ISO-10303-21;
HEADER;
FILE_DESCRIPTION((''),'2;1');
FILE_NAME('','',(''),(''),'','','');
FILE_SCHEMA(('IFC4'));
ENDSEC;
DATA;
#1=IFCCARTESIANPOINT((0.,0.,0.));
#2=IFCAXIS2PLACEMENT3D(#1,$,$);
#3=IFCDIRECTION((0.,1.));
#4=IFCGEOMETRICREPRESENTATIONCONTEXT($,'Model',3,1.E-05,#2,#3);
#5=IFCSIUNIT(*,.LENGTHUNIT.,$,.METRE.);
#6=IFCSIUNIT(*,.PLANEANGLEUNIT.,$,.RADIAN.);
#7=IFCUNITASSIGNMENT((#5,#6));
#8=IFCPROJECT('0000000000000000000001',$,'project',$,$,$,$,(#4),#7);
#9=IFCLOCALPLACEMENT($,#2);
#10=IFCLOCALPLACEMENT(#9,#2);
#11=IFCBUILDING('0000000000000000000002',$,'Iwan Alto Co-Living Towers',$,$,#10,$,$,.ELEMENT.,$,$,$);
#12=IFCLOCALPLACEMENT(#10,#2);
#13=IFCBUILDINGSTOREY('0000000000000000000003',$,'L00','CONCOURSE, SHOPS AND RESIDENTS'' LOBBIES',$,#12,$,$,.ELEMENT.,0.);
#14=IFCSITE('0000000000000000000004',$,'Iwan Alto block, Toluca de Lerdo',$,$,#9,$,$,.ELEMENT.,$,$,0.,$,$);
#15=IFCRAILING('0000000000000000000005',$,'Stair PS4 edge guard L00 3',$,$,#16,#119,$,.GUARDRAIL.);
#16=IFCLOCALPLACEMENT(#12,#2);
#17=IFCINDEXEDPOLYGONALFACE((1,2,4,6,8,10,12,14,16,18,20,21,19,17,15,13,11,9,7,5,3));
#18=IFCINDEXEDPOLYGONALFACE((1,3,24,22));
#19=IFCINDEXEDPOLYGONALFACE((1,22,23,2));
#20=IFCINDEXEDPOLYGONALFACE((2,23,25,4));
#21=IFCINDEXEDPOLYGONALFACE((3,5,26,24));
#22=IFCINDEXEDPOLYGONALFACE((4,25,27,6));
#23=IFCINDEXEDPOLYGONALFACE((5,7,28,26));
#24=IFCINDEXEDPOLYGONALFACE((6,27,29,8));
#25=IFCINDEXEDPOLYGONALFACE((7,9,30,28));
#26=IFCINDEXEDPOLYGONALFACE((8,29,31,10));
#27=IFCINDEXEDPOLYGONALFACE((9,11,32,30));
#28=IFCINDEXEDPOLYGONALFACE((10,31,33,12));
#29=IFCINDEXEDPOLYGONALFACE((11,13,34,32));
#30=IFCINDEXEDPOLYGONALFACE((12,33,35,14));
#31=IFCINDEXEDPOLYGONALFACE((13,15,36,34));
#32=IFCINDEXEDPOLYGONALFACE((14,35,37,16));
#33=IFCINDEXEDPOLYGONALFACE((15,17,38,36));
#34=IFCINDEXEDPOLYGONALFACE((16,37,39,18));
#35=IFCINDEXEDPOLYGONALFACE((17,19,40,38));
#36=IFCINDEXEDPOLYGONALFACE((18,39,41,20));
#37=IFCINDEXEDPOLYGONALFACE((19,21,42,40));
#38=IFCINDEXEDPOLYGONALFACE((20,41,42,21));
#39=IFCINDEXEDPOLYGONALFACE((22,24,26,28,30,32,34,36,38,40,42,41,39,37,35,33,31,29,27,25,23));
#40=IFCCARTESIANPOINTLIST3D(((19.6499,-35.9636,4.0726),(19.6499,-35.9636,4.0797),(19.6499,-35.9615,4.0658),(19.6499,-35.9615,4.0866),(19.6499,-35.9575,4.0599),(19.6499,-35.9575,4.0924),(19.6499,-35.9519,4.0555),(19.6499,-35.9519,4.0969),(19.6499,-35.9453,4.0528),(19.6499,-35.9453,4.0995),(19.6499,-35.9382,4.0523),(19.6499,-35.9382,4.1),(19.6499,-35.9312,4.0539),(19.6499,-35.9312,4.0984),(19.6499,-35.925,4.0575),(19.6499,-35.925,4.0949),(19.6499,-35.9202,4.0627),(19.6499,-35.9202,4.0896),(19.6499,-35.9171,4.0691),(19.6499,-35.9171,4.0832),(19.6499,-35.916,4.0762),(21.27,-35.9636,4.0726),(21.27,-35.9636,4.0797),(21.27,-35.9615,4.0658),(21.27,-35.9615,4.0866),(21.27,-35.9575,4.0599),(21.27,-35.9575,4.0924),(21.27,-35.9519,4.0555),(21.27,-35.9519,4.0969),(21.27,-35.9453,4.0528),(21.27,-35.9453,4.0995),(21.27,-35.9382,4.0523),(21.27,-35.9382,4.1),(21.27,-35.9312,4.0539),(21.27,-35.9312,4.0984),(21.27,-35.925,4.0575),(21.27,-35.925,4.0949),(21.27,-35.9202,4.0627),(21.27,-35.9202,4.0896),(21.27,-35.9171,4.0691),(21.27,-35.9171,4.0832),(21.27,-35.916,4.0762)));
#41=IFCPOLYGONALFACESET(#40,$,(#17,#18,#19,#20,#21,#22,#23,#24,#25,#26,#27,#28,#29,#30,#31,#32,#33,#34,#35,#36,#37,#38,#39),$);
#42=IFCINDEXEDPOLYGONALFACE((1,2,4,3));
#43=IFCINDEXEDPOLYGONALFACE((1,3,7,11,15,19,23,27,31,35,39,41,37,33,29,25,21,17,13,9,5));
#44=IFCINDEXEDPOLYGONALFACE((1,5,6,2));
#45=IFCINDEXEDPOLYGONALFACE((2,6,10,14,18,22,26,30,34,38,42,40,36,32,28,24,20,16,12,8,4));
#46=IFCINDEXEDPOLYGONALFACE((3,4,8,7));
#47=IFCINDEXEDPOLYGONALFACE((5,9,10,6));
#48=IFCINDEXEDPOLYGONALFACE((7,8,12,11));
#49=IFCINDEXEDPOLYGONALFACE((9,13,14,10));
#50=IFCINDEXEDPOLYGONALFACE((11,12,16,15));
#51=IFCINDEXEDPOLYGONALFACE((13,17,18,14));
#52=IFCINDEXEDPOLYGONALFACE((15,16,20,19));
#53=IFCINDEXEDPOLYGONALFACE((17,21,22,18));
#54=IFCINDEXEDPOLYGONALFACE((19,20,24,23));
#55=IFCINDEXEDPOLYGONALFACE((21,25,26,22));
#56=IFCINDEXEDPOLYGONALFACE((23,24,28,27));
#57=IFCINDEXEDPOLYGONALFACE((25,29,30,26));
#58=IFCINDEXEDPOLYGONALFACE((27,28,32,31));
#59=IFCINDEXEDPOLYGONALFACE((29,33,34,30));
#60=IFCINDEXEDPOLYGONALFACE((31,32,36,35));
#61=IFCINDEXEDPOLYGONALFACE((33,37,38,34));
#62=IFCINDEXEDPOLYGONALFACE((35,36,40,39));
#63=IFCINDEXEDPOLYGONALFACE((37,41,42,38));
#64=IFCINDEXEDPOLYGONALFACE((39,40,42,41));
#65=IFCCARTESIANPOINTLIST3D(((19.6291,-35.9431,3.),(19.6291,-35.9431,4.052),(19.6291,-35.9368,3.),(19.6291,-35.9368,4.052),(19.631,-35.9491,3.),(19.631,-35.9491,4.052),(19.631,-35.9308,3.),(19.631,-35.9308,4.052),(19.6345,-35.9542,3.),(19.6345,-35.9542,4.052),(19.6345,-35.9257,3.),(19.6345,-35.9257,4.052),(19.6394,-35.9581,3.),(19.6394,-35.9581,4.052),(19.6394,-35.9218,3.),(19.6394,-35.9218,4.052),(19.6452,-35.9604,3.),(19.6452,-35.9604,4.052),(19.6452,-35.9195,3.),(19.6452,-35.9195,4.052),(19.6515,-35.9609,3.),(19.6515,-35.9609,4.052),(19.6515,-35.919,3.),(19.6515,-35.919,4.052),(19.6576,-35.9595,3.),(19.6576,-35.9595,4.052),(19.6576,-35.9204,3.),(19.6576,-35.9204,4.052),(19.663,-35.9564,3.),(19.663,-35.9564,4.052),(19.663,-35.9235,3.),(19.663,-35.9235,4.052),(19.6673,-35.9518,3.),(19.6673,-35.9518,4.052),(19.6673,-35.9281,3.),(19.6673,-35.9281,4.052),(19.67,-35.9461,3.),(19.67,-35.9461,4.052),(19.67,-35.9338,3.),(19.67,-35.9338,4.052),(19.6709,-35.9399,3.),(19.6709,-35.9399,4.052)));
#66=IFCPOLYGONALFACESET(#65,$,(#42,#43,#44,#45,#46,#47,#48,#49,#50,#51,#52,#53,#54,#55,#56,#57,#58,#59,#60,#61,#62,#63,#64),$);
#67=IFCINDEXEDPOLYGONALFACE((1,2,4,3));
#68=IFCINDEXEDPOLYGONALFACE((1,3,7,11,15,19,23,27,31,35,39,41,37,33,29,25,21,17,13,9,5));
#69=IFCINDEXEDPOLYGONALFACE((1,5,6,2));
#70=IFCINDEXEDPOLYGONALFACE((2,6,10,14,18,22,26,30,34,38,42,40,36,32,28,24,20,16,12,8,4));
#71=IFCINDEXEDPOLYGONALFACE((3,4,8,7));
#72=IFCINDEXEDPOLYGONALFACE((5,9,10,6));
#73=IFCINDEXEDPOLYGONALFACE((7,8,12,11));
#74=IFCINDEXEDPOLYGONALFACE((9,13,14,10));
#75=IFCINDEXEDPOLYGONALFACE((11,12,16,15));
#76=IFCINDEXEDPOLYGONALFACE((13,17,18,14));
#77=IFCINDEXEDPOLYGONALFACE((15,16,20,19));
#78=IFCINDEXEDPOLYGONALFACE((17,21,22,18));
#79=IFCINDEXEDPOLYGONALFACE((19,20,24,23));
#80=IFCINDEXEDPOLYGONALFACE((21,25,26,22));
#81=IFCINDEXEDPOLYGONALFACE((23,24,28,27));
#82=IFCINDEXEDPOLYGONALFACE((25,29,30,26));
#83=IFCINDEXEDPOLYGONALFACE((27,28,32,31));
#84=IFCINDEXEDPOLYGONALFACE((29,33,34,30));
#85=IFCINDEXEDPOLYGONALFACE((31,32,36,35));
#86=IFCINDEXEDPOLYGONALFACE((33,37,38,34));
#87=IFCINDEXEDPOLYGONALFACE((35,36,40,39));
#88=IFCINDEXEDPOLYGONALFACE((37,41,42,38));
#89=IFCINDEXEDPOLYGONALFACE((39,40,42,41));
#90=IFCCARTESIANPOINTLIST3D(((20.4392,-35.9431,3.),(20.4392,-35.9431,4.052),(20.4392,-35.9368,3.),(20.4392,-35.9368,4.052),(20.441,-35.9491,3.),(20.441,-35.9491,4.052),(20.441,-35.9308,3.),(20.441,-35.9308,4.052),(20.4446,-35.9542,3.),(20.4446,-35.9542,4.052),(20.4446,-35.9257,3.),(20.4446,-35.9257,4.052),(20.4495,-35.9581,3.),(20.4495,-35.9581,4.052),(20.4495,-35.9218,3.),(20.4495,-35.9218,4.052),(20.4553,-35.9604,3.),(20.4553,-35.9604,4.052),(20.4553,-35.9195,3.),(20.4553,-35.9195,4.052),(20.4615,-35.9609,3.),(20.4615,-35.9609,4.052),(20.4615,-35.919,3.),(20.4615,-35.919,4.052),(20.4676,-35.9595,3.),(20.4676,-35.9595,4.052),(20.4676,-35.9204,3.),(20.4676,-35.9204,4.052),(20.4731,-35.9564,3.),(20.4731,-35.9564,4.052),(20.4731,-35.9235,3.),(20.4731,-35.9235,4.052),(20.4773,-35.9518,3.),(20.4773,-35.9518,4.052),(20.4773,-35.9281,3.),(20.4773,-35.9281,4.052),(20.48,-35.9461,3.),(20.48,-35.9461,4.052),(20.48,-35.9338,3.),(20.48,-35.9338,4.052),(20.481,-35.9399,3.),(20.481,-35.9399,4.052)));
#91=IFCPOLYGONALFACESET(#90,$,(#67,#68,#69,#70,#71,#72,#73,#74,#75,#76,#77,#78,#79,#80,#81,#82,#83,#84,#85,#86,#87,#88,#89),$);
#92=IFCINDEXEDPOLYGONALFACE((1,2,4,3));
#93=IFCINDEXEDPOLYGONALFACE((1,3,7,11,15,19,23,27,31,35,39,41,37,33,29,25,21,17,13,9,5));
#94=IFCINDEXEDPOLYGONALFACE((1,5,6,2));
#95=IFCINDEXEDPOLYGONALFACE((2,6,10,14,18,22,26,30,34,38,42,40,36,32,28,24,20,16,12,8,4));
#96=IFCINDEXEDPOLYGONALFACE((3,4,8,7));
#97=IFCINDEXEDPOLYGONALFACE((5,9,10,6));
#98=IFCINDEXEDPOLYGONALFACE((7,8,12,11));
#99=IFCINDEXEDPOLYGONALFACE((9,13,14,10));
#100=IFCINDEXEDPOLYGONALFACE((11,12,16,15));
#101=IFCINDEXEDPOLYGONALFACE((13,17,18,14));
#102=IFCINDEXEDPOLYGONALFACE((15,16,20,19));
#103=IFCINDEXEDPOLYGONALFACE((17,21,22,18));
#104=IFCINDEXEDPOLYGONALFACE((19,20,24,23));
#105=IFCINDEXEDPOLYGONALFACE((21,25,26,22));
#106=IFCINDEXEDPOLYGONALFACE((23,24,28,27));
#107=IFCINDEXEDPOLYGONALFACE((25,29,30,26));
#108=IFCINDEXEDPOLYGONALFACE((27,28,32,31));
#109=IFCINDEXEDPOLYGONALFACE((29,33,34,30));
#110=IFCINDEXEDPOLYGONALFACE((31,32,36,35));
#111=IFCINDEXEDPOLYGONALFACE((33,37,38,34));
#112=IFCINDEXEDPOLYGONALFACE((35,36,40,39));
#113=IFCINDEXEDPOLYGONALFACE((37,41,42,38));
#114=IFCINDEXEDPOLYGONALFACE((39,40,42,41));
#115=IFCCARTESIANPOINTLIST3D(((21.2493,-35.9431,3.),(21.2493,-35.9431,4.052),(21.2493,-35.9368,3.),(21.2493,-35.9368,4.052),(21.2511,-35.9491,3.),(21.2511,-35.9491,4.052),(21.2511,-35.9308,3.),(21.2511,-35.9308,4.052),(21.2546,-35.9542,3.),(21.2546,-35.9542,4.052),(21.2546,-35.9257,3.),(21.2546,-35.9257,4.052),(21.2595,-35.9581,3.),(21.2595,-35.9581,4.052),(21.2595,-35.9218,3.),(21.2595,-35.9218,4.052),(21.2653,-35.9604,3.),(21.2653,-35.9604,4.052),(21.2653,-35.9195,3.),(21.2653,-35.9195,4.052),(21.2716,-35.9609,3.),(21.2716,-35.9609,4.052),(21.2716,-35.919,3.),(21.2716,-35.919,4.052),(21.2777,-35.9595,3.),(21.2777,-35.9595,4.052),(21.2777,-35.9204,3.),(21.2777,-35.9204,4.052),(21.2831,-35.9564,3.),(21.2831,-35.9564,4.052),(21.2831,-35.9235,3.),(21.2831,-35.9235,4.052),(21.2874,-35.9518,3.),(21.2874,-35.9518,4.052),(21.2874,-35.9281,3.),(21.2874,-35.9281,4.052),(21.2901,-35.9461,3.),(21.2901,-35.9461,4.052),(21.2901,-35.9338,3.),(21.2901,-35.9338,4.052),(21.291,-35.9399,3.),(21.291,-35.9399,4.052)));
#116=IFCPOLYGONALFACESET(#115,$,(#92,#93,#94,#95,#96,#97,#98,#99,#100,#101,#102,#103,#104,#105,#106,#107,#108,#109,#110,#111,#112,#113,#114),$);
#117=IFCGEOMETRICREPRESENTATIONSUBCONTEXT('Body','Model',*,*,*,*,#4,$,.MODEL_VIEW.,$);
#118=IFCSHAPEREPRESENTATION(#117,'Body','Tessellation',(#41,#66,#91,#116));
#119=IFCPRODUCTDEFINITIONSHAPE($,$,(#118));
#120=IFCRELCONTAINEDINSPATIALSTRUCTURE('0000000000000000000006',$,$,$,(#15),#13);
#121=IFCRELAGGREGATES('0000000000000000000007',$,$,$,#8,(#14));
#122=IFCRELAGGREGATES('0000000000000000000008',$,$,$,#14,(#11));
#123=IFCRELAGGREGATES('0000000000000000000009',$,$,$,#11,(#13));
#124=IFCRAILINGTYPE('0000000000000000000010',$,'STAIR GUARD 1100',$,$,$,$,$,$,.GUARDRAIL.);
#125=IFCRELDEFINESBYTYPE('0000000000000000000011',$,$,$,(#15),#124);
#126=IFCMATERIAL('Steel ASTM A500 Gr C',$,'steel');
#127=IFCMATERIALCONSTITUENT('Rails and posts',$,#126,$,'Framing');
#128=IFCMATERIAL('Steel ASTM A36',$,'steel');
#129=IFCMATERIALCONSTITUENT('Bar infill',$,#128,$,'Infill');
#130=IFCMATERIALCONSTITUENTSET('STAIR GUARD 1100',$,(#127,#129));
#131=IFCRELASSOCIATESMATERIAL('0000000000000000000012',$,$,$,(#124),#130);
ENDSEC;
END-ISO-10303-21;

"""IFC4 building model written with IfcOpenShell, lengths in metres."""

from ifc_helpers import new_model, si_unit, direction, frame, origin, origin_2d, place, context, subcontext, project, spatial, circle, extrude, material, constituent, constituent_set, type_object, element, save


model = new_model("IFC4")

# Units and contexts
model_context = context("Model", 3, precision=1e-05, world=origin(), true_north=direction((0.0, 1.0)))
body_context = subcontext(model_context, "Body", "Model", "MODEL_VIEW")
ifc_project = project(units=[si_unit("LENGTHUNIT", "METRE"), si_unit("PLANEANGLEUNIT", "RADIAN")], contexts=[model_context])

# Site, building, storey
site_placement = place(None, origin())
site = spatial("IfcSite", under=ifc_project, at=site_placement, Name="Iwan Alto block, Toluca de Lerdo", CompositionType="ELEMENT", RefElevation=0.0)
building_placement = place(site_placement, origin())
building = spatial("IfcBuilding", under=site, at=building_placement, Name="Iwan Alto Co-Living Towers", CompositionType="ELEMENT")
storey_placement = place(building_placement, origin())
storey = spatial("IfcBuildingStorey", under=building, at=storey_placement, Name="L00", Description="CONCOURSE, SHOPS AND RESIDENTS' LOBBIES", CompositionType="ELEMENT", Elevation=0.0)

# Shared definitions
ifc_material_1 = material(Name="Steel ASTM A36", Category="steel")

# Railing
ifc_material_2 = material(Name="Steel ASTM A500 Gr C", Category="steel")
ifc_constituent_1 = constituent(ifc_material_2, Name="Rails and posts", Category="Framing")
ifc_constituent_2 = constituent(ifc_material_1, Name="Bar infill", Category="Infill")
ifc_constituent_set_1 = constituent_set(constituents=[ifc_constituent_1, ifc_constituent_2], Name="STAIR GUARD 1100")
railing_type_1 = type_object("IfcRailingType", Name="STAIR GUARD 1100", PredefinedType="GUARDRAIL", material=ifc_constituent_set_1)
railing_1_placement = place(storey_placement, frame((19.6499, -35.9399, 3.0)))
element("IfcRailing", 1, at=railing_1_placement, inside=storey, type_object=railing_type_1, Name="Stair PS4 edge guard L00 3", PredefinedType="GUARDRAIL", context=body_context, shape_type="SweptSolid", body=[
    extrude(circle(Radius=0.0239, at=origin_2d()), frame((0.0, 0.0, 1.0762), z_axis=(1.0, 0.0, 0.0), x_axis=(0.0, 1.0, 0.0)), (0.0, 0.0, 1.0), 1.6201),
    extrude(circle(Radius=0.021, at=origin_2d()), origin(), (0.0, 0.0, 1.0), 1.052),
    extrude(circle(Radius=0.021, at=origin_2d()), frame((0.8101, 0.0, 0.0)), (0.0, 0.0, 1.0), 1.052),
    extrude(circle(Radius=0.021, at=origin_2d()), frame((1.6201, 0.0, 0.0)), (0.0, 0.0, 1.0), 1.052),
])

save(model, "model.ifc")
